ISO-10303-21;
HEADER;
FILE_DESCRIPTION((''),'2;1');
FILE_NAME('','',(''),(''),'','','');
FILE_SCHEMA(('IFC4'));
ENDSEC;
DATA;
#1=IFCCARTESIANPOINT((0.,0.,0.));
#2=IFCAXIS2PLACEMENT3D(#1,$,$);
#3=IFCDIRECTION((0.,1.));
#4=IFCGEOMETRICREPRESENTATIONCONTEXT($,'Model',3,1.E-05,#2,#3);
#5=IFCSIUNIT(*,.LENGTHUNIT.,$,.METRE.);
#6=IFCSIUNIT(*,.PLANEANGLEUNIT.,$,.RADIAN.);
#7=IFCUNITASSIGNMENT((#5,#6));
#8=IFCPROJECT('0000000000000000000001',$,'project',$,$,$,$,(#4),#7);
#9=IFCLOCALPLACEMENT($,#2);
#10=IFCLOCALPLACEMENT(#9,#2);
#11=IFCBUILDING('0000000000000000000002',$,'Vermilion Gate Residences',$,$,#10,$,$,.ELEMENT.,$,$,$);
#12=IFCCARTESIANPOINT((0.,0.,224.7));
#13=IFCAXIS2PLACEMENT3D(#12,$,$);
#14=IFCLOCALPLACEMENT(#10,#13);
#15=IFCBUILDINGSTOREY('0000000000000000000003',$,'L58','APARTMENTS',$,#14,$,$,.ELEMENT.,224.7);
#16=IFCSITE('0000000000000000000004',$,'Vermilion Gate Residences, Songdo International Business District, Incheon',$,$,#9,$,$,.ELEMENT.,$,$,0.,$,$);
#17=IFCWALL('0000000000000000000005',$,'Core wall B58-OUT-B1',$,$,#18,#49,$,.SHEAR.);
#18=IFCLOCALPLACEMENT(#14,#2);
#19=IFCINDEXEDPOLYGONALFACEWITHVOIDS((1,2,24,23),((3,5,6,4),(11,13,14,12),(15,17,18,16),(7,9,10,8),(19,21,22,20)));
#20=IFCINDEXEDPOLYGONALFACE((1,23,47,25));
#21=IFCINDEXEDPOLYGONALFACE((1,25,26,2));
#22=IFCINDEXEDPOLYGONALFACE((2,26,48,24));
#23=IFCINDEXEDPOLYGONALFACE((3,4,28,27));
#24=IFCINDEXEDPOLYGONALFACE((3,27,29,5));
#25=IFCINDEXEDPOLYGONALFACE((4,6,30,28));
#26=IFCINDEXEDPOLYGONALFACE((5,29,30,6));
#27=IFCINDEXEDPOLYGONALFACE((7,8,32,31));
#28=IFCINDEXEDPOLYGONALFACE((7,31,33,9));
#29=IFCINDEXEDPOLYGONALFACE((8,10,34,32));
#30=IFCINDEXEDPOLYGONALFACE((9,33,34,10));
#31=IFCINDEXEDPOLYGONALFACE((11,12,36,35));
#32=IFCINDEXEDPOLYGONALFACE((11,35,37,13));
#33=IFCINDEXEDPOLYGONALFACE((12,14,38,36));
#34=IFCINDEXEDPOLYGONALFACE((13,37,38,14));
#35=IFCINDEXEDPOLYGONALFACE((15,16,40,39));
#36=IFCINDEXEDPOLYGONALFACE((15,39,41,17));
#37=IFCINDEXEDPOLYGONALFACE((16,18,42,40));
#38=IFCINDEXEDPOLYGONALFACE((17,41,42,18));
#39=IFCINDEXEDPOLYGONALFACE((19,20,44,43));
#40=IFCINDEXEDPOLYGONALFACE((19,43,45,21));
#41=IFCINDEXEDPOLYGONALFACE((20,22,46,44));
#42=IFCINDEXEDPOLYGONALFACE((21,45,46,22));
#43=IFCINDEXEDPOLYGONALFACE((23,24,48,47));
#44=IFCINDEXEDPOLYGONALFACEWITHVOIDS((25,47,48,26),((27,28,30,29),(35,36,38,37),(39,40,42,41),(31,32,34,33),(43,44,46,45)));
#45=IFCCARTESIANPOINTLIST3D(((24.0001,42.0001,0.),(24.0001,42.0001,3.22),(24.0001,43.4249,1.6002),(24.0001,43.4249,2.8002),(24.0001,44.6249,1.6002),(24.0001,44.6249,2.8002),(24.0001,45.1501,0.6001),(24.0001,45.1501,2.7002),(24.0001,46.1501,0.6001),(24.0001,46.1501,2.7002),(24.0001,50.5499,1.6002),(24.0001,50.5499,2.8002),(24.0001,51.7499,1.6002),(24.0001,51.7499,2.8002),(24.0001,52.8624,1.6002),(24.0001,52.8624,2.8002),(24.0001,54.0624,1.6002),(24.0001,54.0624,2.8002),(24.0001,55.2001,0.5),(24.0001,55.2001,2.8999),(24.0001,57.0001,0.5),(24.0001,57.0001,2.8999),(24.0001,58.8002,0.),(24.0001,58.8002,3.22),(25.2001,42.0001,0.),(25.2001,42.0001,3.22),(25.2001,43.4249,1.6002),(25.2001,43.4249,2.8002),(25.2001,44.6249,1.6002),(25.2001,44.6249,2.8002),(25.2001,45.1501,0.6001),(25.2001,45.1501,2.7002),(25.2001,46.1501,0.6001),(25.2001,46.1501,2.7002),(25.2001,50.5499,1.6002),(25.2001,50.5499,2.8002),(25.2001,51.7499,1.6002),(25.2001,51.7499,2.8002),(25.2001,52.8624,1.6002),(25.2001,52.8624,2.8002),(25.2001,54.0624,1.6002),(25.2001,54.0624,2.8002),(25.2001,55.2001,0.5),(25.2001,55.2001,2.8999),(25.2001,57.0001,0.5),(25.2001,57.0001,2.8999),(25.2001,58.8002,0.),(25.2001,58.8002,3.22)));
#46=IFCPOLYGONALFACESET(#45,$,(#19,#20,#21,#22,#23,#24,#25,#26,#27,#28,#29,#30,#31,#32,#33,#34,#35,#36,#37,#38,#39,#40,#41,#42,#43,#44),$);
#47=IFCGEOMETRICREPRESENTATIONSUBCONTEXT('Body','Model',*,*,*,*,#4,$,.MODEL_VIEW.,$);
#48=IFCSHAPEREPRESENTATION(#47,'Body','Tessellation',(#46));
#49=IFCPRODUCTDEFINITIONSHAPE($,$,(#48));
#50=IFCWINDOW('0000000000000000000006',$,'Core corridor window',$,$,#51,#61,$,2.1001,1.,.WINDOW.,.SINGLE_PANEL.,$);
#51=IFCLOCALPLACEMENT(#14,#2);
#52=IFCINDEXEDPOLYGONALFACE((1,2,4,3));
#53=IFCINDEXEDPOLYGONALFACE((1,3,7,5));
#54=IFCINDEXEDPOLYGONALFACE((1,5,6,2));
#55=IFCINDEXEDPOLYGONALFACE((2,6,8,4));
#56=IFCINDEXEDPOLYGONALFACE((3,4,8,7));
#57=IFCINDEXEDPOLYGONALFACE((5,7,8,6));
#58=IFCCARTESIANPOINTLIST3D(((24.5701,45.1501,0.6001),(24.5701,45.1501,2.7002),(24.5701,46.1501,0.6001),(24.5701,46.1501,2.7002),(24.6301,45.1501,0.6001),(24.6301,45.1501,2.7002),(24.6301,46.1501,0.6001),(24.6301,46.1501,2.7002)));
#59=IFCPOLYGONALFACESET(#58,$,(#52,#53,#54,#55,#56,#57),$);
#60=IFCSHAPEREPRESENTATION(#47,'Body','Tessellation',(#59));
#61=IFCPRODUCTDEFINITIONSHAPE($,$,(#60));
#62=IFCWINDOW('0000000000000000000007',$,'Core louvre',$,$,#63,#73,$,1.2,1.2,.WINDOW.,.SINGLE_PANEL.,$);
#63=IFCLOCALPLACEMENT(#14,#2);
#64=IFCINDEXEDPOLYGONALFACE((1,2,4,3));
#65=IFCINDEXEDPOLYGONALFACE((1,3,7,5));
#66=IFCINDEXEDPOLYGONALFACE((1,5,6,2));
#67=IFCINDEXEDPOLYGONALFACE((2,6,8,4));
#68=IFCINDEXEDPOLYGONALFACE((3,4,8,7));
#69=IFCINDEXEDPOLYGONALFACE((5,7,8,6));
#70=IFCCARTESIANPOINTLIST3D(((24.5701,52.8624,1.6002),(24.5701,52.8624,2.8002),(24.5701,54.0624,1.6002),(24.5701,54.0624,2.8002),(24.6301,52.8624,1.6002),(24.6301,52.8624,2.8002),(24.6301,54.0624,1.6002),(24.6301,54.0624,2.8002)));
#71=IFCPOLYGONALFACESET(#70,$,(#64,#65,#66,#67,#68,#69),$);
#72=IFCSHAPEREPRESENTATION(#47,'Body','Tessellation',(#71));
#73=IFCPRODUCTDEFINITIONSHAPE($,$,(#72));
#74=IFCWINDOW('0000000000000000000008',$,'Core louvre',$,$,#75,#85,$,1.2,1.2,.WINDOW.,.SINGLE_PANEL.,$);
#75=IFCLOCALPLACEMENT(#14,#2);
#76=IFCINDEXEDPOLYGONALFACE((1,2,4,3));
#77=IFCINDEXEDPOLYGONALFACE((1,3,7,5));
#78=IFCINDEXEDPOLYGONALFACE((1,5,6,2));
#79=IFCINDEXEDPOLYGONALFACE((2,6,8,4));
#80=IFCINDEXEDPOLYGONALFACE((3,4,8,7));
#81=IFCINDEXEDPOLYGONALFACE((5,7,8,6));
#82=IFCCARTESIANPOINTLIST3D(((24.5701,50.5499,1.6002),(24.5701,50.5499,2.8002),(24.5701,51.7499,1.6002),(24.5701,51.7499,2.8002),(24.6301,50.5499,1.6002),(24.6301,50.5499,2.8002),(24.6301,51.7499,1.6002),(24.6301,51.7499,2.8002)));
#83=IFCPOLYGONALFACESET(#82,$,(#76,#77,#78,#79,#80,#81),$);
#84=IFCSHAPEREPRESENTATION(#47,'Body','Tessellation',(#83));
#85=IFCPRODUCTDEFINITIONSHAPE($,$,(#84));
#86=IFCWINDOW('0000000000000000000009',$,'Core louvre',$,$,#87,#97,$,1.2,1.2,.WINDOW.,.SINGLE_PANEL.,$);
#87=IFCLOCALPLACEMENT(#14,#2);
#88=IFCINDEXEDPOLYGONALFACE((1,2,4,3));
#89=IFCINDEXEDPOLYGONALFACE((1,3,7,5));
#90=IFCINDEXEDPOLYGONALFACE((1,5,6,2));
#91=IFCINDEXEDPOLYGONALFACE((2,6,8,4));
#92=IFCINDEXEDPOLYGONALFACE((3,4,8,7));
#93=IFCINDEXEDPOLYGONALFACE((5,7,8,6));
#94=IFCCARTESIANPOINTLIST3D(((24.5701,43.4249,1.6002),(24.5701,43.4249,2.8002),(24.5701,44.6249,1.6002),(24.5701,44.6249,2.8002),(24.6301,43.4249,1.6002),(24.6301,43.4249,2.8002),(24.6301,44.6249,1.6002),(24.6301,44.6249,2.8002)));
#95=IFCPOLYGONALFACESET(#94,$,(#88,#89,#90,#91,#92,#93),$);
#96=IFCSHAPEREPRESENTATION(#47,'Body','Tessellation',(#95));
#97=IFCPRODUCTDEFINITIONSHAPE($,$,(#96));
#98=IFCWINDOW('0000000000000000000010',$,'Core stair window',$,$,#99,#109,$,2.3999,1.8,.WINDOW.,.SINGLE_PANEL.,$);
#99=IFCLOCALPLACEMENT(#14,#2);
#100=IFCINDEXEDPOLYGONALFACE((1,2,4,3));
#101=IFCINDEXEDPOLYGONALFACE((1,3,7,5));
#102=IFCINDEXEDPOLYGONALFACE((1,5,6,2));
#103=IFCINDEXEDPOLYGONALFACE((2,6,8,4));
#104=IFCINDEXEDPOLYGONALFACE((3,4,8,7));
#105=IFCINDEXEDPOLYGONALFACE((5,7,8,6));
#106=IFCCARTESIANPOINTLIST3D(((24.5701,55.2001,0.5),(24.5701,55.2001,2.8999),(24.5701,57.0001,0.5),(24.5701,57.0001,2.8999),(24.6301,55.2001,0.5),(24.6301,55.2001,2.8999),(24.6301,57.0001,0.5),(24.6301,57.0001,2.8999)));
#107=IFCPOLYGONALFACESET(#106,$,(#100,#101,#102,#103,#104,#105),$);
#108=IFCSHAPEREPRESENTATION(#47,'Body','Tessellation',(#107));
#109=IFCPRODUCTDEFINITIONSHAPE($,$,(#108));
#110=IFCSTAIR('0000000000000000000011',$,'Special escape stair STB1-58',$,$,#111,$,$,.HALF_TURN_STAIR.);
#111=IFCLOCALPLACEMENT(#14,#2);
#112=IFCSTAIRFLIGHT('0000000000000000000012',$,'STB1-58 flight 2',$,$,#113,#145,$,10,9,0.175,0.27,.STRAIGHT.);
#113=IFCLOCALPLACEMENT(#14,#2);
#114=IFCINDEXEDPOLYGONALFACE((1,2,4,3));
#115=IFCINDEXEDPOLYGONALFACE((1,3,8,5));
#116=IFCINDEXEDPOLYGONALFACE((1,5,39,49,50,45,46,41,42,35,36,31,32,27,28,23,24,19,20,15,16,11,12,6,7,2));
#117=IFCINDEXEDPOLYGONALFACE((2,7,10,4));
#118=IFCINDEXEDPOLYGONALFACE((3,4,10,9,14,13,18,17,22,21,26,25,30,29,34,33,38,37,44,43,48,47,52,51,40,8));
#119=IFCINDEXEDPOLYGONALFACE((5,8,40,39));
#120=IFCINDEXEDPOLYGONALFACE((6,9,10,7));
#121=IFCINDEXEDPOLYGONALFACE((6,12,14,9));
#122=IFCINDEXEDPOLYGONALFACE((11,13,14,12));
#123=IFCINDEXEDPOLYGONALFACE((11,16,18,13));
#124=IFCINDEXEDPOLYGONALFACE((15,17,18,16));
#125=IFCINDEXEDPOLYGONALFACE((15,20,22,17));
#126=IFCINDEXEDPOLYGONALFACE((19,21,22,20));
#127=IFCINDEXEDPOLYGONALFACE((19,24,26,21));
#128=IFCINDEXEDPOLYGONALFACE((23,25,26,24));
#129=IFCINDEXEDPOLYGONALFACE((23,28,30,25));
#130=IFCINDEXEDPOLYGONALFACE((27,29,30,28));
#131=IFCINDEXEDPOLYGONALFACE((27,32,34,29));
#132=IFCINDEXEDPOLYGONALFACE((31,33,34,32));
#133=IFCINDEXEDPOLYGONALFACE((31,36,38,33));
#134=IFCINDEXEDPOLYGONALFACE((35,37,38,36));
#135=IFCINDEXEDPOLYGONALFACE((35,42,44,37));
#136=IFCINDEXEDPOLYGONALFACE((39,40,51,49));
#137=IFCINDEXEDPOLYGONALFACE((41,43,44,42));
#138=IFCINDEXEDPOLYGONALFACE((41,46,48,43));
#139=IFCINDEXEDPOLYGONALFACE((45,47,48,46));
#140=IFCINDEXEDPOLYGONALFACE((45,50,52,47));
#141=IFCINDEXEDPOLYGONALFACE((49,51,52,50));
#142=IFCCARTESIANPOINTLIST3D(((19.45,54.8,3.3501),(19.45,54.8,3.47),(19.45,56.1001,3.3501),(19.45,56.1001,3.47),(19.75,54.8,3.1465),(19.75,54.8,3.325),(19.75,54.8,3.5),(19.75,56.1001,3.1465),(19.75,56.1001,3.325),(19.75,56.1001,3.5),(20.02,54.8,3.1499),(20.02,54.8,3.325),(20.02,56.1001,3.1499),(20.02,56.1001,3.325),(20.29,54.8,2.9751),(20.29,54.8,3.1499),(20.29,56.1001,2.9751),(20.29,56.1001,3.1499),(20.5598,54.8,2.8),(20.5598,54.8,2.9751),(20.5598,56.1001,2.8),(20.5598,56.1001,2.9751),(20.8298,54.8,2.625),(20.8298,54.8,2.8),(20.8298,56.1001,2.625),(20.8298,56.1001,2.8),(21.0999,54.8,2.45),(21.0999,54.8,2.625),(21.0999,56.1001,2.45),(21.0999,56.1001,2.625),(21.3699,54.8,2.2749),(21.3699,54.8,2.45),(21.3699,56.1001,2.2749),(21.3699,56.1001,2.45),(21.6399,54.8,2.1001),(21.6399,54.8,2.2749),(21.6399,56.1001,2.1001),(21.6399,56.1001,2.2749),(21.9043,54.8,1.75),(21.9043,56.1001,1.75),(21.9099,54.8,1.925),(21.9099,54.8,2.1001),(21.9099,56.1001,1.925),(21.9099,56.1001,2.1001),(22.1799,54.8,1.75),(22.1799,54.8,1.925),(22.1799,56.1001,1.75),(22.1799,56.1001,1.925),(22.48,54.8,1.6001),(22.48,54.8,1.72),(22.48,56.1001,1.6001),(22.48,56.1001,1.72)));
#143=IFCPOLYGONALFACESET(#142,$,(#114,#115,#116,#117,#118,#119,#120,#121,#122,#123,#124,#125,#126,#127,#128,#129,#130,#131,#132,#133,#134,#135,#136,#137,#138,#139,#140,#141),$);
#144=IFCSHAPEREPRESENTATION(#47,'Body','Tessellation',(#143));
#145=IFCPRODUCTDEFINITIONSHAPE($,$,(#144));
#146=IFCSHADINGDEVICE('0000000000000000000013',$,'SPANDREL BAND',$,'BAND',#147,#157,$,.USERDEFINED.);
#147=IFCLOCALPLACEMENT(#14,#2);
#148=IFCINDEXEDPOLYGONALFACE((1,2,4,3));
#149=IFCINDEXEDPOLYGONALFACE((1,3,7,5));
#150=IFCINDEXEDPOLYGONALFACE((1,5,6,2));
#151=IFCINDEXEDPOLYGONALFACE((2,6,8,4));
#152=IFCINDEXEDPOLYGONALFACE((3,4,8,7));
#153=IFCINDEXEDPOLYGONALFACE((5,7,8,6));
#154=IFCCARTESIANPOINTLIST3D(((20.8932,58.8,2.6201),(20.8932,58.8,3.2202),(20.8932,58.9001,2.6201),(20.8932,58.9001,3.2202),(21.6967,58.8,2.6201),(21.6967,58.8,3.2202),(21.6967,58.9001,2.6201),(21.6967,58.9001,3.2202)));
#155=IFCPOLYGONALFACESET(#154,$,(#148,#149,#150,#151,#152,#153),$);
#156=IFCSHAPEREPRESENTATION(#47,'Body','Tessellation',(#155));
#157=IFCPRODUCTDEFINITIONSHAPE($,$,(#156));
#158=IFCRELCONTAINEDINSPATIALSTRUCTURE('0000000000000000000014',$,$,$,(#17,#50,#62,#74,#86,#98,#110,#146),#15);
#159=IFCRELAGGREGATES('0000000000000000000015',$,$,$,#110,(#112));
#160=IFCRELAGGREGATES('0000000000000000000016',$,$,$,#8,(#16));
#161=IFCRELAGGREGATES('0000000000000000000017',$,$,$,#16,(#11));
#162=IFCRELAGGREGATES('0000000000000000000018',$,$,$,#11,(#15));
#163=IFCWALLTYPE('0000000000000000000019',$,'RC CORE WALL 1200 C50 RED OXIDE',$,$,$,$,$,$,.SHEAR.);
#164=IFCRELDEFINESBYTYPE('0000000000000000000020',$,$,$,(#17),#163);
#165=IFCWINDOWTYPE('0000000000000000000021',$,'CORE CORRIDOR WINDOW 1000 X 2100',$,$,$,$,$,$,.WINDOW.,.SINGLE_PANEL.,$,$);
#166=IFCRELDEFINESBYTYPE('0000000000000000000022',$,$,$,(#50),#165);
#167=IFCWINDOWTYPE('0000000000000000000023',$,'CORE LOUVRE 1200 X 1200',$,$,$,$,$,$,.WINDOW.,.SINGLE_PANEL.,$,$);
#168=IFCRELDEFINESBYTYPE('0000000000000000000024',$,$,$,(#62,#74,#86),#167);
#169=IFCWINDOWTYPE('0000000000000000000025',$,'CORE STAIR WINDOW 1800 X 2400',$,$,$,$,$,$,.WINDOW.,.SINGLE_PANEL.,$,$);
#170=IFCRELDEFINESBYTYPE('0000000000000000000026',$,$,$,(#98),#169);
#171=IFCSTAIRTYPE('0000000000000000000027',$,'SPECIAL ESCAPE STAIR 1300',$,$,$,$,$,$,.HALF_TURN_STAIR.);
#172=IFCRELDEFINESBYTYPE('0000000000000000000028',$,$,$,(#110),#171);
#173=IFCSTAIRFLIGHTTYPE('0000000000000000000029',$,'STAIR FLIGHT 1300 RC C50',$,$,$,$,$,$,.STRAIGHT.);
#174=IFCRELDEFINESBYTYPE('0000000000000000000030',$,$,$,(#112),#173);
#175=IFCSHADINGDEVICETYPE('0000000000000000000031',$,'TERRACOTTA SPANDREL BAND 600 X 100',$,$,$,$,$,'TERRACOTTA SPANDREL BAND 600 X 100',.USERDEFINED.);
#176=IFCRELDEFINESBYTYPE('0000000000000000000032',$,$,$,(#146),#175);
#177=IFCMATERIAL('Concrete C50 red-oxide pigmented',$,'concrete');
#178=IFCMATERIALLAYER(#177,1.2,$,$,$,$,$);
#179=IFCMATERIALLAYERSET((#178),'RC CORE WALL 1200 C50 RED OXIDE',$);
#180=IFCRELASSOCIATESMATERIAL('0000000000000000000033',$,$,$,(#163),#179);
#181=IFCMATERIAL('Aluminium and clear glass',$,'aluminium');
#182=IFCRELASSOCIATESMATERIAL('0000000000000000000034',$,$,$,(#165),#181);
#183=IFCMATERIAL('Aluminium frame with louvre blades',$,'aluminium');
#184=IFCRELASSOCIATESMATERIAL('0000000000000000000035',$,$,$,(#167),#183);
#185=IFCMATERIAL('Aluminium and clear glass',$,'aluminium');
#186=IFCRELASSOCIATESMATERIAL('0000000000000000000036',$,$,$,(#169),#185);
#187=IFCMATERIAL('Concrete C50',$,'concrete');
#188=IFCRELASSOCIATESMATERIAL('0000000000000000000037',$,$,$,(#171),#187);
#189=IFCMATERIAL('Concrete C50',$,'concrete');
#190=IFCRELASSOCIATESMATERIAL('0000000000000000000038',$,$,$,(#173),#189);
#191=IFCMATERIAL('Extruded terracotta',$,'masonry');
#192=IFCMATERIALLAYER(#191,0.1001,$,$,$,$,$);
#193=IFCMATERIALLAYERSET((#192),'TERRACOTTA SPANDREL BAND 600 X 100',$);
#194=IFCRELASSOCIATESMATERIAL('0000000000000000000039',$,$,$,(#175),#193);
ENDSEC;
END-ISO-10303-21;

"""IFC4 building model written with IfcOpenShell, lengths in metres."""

from ifc_helpers import new_model, si_unit, direction, frame, frame_2d, origin, origin_2d, place, context, subcontext, project, spatial, polyline, rectangle, outline, extrude, material, layer, layer_set, type_object, element, fill, aggregate, save


model = new_model("IFC4")

# Units and contexts
model_context = context("Model", 3, precision=1e-05, world=origin(), true_north=direction((0.0, 1.0)))
body_context = subcontext(model_context, "Body", "Model", "MODEL_VIEW")
ifc_project = project(units=[si_unit("LENGTHUNIT", "METRE"), si_unit("PLANEANGLEUNIT", "RADIAN")], contexts=[model_context])

# Site, building, storey
site_placement = place(None, origin())
site = spatial("IfcSite", under=ifc_project, at=site_placement, Name="Vermilion Gate Residences, Songdo International Business District, Incheon", CompositionType="ELEMENT", RefElevation=0.0)
building_placement = place(site_placement, origin())
building = spatial("IfcBuilding", under=site, at=building_placement, Name="Vermilion Gate Residences", CompositionType="ELEMENT")
storey_placement = place(building_placement, frame((0.0, 0.0, 224.7)))
storey = spatial("IfcBuildingStorey", under=building, at=storey_placement, Name="L58", Description="APARTMENTS", CompositionType="ELEMENT", Elevation=224.7)

# Wall, openings, windows
ifc_material_1 = material(Name="Concrete C50 red-oxide pigmented", Category="concrete")
ifc_layer_1 = layer(ifc_material_1, 1.2)
ifc_layer_set_1 = layer_set([ifc_layer_1], Name="RC CORE WALL 1200 C50 RED OXIDE")
wall_type_1 = type_object("IfcWallType", Name="RC CORE WALL 1200 C50 RED OXIDE", PredefinedType="SHEAR", material=ifc_layer_set_1)
wall_1_placement = place(storey_placement, frame((24.6001, 58.8, 0.0), z_axis=(0.0, 0.0, 1.0), x_axis=(0.0, -1.0, 0.0)))
wall_1 = element("IfcWall", 1, at=wall_1_placement, inside=storey, type_object=wall_type_1, Name="Core wall B58-OUT-B1", PredefinedType="SHEAR", context=body_context, shape_type="SweptSolid", body=[
    extrude(rectangle(XDim=16.8, YDim=1.2, at=frame_2d((8.3999, 0.0))), origin(), (0.0, 0.0, 1.0), 3.22),
])
opening_1_placement = place(wall_1_placement, frame((1.8, 0.0, 0.5)))
opening_1 = element("IfcOpeningElement", 2, at=opening_1_placement, cuts=wall_1, PredefinedType="OPENING", context=body_context, shape_type="SweptSolid", body=[
    extrude(rectangle(XDim=1.8, YDim=2.3999, at=frame_2d((0.8999, 1.2))), frame((0.0, 0.6099, 0.0), z_axis=(0.0, -1.0, 0.0), x_axis=(1.0, 0.0, 0.0)), (0.0, 0.0, 1.0), 1.22),
])
opening_2_placement = place(wall_1_placement, frame((4.7375, 0.0, 1.6001)))
opening_2 = element("IfcOpeningElement", 3, at=opening_2_placement, cuts=wall_1, PredefinedType="OPENING", context=body_context, shape_type="SweptSolid", body=[
    extrude(rectangle(XDim=1.2, YDim=1.2, at=frame_2d((0.6001, 0.6001))), frame((0.0, 0.6099, 0.0), z_axis=(0.0, -1.0, 0.0), x_axis=(1.0, 0.0, 0.0)), (0.0, 0.0, 1.0), 1.22),
])
opening_3_placement = place(wall_1_placement, frame((7.05, 0.0, 1.6001)))
opening_3 = element("IfcOpeningElement", 4, at=opening_3_placement, cuts=wall_1, PredefinedType="OPENING", context=body_context, shape_type="SweptSolid", body=[
    extrude(rectangle(XDim=1.2, YDim=1.2, at=frame_2d((0.6001, 0.6001))), frame((0.0, 0.6099, 0.0), z_axis=(0.0, -1.0, 0.0), x_axis=(1.0, 0.0, 0.0)), (0.0, 0.0, 1.0), 1.22),
])
opening_4_placement = place(wall_1_placement, frame((12.6499, 0.0, 0.6001)))
opening_4 = element("IfcOpeningElement", 5, at=opening_4_placement, cuts=wall_1, PredefinedType="OPENING", context=body_context, shape_type="SweptSolid", body=[
    extrude(rectangle(XDim=1.0, YDim=2.1001, at=frame_2d((0.5, 1.05))), frame((0.0, 0.6099, 0.0), z_axis=(0.0, -1.0, 0.0), x_axis=(1.0, 0.0, 0.0)), (0.0, 0.0, 1.0), 1.22),
])
opening_5_placement = place(wall_1_placement, frame((14.175, 0.0, 1.6001)))
opening_5 = element("IfcOpeningElement", 6, at=opening_5_placement, cuts=wall_1, PredefinedType="OPENING", context=body_context, shape_type="SweptSolid", body=[
    extrude(rectangle(XDim=1.2, YDim=1.2, at=frame_2d((0.6001, 0.6001))), frame((0.0, 0.6099, 0.0), z_axis=(0.0, -1.0, 0.0), x_axis=(1.0, 0.0, 0.0)), (0.0, 0.0, 1.0), 1.22),
])
ifc_material_2 = material(Name="Aluminium and clear glass", Category="aluminium")
window_type_1 = type_object("IfcWindowType", Name="CORE CORRIDOR WINDOW 1000 X 2100", PartitioningType="SINGLE_PANEL", PredefinedType="WINDOW", material=ifc_material_2)
window_1_placement = place(opening_4_placement, origin())
window_1 = element("IfcWindow", 7, at=window_1_placement, inside=storey, type_object=window_type_1, Name="Core corridor window", OverallHeight=2.1001, OverallWidth=1.0, PartitioningType="SINGLE_PANEL", PredefinedType="WINDOW", context=body_context, shape_type="SweptSolid", body=[
    extrude(rectangle(XDim=1.0, YDim=2.1001, at=frame_2d((0.5, 1.05))), frame((0.0, 0.03, 0.0), z_axis=(0.0, -1.0, 0.0), x_axis=(1.0, 0.0, 0.0)), (0.0, 0.0, 1.0), 0.0601),
])
fill(opening_4, window_1)
ifc_material_3 = material(Name="Aluminium frame with louvre blades", Category="aluminium")
window_type_2 = type_object("IfcWindowType", Name="CORE LOUVRE 1200 X 1200", PartitioningType="SINGLE_PANEL", PredefinedType="WINDOW", material=ifc_material_3)
window_2_placement = place(opening_2_placement, origin())
window_2 = element("IfcWindow", 8, at=window_2_placement, inside=storey, type_object=window_type_2, Name="Core louvre", OverallHeight=1.2, OverallWidth=1.2, PartitioningType="SINGLE_PANEL", PredefinedType="WINDOW", context=body_context, shape_type="SweptSolid", body=[
    extrude(rectangle(XDim=1.2, YDim=1.2, at=frame_2d((0.6001, 0.6001))), frame((0.0, 0.03, 0.0), z_axis=(0.0, -1.0, 0.0), x_axis=(1.0, 0.0, 0.0)), (0.0, 0.0, 1.0), 0.0601),
])
fill(opening_2, window_2)
window_3_placement = place(opening_3_placement, origin())
window_3 = element("IfcWindow", 9, at=window_3_placement, inside=storey, type_object=window_type_2, Name="Core louvre", OverallHeight=1.2, OverallWidth=1.2, PartitioningType="SINGLE_PANEL", PredefinedType="WINDOW", context=body_context, shape_type="SweptSolid", body=[
    extrude(rectangle(XDim=1.2, YDim=1.2, at=frame_2d((0.6001, 0.6001))), frame((0.0, 0.03, 0.0), z_axis=(0.0, -1.0, 0.0), x_axis=(1.0, 0.0, 0.0)), (0.0, 0.0, 1.0), 0.0601),
])
fill(opening_3, window_3)
window_4_placement = place(opening_5_placement, origin())
window_4 = element("IfcWindow", 10, at=window_4_placement, inside=storey, type_object=window_type_2, Name="Core louvre", OverallHeight=1.2, OverallWidth=1.2, PartitioningType="SINGLE_PANEL", PredefinedType="WINDOW", context=body_context, shape_type="SweptSolid", body=[
    extrude(rectangle(XDim=1.2, YDim=1.2, at=frame_2d((0.6001, 0.6001))), frame((0.0, 0.03, 0.0), z_axis=(0.0, -1.0, 0.0), x_axis=(1.0, 0.0, 0.0)), (0.0, 0.0, 1.0), 0.0601),
])
fill(opening_5, window_4)
ifc_material_4 = material(Name="Aluminium and clear glass", Category="aluminium")
window_type_3 = type_object("IfcWindowType", Name="CORE STAIR WINDOW 1800 X 2400", PartitioningType="SINGLE_PANEL", PredefinedType="WINDOW", material=ifc_material_4)
window_5_placement = place(opening_1_placement, origin())
window_5 = element("IfcWindow", 11, at=window_5_placement, inside=storey, type_object=window_type_3, Name="Core stair window", OverallHeight=2.3999, OverallWidth=1.8, PartitioningType="SINGLE_PANEL", PredefinedType="WINDOW", context=body_context, shape_type="SweptSolid", body=[
    extrude(rectangle(XDim=1.8, YDim=2.3999, at=frame_2d((0.8999, 1.2))), frame((0.0, 0.03, 0.0), z_axis=(0.0, -1.0, 0.0), x_axis=(1.0, 0.0, 0.0)), (0.0, 0.0, 1.0), 0.0601),
])
fill(opening_1, window_5)

# Stair, stair flight
ifc_material_5 = material(Name="Concrete C50", Category="concrete")
stair_type = type_object("IfcStairType", Name="SPECIAL ESCAPE STAIR 1300", PredefinedType="HALF_TURN_STAIR", material=ifc_material_5)
stair_placement = place(storey_placement, origin())
stair = element("IfcStair", 12, at=stair_placement, inside=storey, type_object=stair_type, Name="Special escape stair STB1-58", PredefinedType="HALF_TURN_STAIR")
ifc_material_6 = material(Name="Concrete C50", Category="concrete")
stair_flight_type = type_object("IfcStairFlightType", Name="STAIR FLIGHT 1300 RC C50", PredefinedType="STRAIGHT", material=ifc_material_6)
stair_flight_placement = place(storey_placement, frame((22.1799, 55.45, 1.75), z_axis=(0.0, 0.0, 1.0), x_axis=(-1.0, 0.0, 0.0)))
stair_flight = element("IfcStairFlight", 13, at=stair_flight_placement, type_object=stair_flight_type, Name="STB1-58 flight 2", NumberOfRisers=10, NumberOfTreads=9, PredefinedType="STRAIGHT", RiserHeight=0.175, TreadLength=0.27, context=body_context, shape_type="SweptSolid", body=[
    extrude(outline(polyline([(-0.3, -0.1499), (-0.3, -0.03), (0.0, 0.0), (0.0, 0.175), (0.27, 0.175), (0.27, 0.3501), (0.54, 0.3501), (0.54, 0.5249), (0.8101, 0.5249), (0.8101, 0.7), (1.0801, 0.7), (1.0801, 0.875), (1.3501, 0.875), (1.3501, 1.05), (1.6201, 1.05), (1.6201, 1.2251), (1.8899, 1.2251), (1.8899, 1.3999), (2.1599, 1.3999), (2.1599, 1.575), (2.4299, 1.575), (2.4299, 1.75), (2.73, 1.72), (2.73, 1.6001), (2.4299, 1.3965), (0.2756, 0.0), (-0.3, -0.1499)])), frame((0.0, 0.6499, 0.0), z_axis=(0.0, -1.0, 0.0), x_axis=(1.0, 0.0, 0.0)), (0.0, 0.0, 1.0), 1.3),
])
aggregate(stair, [stair_flight])

# Shading device
ifc_material_7 = material(Name="Extruded terracotta", Category="masonry")
ifc_layer_2 = layer(ifc_material_7, 0.1001)
ifc_layer_set_2 = layer_set([ifc_layer_2], Name="TERRACOTTA SPANDREL BAND 600 X 100")
shading_device_type = type_object("IfcShadingDeviceType", Name="TERRACOTTA SPANDREL BAND 600 X 100", ElementType="TERRACOTTA SPANDREL BAND 600 X 100", PredefinedType="USERDEFINED", material=ifc_layer_set_2)
shading_device_1_placement = place(storey_placement, frame((21.2949, 58.8501, 2.6201), z_axis=(0.0, 0.0, 1.0), x_axis=(1.0, 0.0, 0.0)))
element("IfcShadingDevice", 14, at=shading_device_1_placement, inside=storey, type_object=shading_device_type, Name="SPANDREL BAND", ObjectType="BAND", PredefinedType="USERDEFINED", context=body_context, shape_type="SweptSolid", body=[
    extrude(rectangle(XDim=0.8035, YDim=0.1001, at=origin_2d()), origin(), (0.0, 0.0, 1.0), 0.6001),
])

save(model, "model.ifc")
